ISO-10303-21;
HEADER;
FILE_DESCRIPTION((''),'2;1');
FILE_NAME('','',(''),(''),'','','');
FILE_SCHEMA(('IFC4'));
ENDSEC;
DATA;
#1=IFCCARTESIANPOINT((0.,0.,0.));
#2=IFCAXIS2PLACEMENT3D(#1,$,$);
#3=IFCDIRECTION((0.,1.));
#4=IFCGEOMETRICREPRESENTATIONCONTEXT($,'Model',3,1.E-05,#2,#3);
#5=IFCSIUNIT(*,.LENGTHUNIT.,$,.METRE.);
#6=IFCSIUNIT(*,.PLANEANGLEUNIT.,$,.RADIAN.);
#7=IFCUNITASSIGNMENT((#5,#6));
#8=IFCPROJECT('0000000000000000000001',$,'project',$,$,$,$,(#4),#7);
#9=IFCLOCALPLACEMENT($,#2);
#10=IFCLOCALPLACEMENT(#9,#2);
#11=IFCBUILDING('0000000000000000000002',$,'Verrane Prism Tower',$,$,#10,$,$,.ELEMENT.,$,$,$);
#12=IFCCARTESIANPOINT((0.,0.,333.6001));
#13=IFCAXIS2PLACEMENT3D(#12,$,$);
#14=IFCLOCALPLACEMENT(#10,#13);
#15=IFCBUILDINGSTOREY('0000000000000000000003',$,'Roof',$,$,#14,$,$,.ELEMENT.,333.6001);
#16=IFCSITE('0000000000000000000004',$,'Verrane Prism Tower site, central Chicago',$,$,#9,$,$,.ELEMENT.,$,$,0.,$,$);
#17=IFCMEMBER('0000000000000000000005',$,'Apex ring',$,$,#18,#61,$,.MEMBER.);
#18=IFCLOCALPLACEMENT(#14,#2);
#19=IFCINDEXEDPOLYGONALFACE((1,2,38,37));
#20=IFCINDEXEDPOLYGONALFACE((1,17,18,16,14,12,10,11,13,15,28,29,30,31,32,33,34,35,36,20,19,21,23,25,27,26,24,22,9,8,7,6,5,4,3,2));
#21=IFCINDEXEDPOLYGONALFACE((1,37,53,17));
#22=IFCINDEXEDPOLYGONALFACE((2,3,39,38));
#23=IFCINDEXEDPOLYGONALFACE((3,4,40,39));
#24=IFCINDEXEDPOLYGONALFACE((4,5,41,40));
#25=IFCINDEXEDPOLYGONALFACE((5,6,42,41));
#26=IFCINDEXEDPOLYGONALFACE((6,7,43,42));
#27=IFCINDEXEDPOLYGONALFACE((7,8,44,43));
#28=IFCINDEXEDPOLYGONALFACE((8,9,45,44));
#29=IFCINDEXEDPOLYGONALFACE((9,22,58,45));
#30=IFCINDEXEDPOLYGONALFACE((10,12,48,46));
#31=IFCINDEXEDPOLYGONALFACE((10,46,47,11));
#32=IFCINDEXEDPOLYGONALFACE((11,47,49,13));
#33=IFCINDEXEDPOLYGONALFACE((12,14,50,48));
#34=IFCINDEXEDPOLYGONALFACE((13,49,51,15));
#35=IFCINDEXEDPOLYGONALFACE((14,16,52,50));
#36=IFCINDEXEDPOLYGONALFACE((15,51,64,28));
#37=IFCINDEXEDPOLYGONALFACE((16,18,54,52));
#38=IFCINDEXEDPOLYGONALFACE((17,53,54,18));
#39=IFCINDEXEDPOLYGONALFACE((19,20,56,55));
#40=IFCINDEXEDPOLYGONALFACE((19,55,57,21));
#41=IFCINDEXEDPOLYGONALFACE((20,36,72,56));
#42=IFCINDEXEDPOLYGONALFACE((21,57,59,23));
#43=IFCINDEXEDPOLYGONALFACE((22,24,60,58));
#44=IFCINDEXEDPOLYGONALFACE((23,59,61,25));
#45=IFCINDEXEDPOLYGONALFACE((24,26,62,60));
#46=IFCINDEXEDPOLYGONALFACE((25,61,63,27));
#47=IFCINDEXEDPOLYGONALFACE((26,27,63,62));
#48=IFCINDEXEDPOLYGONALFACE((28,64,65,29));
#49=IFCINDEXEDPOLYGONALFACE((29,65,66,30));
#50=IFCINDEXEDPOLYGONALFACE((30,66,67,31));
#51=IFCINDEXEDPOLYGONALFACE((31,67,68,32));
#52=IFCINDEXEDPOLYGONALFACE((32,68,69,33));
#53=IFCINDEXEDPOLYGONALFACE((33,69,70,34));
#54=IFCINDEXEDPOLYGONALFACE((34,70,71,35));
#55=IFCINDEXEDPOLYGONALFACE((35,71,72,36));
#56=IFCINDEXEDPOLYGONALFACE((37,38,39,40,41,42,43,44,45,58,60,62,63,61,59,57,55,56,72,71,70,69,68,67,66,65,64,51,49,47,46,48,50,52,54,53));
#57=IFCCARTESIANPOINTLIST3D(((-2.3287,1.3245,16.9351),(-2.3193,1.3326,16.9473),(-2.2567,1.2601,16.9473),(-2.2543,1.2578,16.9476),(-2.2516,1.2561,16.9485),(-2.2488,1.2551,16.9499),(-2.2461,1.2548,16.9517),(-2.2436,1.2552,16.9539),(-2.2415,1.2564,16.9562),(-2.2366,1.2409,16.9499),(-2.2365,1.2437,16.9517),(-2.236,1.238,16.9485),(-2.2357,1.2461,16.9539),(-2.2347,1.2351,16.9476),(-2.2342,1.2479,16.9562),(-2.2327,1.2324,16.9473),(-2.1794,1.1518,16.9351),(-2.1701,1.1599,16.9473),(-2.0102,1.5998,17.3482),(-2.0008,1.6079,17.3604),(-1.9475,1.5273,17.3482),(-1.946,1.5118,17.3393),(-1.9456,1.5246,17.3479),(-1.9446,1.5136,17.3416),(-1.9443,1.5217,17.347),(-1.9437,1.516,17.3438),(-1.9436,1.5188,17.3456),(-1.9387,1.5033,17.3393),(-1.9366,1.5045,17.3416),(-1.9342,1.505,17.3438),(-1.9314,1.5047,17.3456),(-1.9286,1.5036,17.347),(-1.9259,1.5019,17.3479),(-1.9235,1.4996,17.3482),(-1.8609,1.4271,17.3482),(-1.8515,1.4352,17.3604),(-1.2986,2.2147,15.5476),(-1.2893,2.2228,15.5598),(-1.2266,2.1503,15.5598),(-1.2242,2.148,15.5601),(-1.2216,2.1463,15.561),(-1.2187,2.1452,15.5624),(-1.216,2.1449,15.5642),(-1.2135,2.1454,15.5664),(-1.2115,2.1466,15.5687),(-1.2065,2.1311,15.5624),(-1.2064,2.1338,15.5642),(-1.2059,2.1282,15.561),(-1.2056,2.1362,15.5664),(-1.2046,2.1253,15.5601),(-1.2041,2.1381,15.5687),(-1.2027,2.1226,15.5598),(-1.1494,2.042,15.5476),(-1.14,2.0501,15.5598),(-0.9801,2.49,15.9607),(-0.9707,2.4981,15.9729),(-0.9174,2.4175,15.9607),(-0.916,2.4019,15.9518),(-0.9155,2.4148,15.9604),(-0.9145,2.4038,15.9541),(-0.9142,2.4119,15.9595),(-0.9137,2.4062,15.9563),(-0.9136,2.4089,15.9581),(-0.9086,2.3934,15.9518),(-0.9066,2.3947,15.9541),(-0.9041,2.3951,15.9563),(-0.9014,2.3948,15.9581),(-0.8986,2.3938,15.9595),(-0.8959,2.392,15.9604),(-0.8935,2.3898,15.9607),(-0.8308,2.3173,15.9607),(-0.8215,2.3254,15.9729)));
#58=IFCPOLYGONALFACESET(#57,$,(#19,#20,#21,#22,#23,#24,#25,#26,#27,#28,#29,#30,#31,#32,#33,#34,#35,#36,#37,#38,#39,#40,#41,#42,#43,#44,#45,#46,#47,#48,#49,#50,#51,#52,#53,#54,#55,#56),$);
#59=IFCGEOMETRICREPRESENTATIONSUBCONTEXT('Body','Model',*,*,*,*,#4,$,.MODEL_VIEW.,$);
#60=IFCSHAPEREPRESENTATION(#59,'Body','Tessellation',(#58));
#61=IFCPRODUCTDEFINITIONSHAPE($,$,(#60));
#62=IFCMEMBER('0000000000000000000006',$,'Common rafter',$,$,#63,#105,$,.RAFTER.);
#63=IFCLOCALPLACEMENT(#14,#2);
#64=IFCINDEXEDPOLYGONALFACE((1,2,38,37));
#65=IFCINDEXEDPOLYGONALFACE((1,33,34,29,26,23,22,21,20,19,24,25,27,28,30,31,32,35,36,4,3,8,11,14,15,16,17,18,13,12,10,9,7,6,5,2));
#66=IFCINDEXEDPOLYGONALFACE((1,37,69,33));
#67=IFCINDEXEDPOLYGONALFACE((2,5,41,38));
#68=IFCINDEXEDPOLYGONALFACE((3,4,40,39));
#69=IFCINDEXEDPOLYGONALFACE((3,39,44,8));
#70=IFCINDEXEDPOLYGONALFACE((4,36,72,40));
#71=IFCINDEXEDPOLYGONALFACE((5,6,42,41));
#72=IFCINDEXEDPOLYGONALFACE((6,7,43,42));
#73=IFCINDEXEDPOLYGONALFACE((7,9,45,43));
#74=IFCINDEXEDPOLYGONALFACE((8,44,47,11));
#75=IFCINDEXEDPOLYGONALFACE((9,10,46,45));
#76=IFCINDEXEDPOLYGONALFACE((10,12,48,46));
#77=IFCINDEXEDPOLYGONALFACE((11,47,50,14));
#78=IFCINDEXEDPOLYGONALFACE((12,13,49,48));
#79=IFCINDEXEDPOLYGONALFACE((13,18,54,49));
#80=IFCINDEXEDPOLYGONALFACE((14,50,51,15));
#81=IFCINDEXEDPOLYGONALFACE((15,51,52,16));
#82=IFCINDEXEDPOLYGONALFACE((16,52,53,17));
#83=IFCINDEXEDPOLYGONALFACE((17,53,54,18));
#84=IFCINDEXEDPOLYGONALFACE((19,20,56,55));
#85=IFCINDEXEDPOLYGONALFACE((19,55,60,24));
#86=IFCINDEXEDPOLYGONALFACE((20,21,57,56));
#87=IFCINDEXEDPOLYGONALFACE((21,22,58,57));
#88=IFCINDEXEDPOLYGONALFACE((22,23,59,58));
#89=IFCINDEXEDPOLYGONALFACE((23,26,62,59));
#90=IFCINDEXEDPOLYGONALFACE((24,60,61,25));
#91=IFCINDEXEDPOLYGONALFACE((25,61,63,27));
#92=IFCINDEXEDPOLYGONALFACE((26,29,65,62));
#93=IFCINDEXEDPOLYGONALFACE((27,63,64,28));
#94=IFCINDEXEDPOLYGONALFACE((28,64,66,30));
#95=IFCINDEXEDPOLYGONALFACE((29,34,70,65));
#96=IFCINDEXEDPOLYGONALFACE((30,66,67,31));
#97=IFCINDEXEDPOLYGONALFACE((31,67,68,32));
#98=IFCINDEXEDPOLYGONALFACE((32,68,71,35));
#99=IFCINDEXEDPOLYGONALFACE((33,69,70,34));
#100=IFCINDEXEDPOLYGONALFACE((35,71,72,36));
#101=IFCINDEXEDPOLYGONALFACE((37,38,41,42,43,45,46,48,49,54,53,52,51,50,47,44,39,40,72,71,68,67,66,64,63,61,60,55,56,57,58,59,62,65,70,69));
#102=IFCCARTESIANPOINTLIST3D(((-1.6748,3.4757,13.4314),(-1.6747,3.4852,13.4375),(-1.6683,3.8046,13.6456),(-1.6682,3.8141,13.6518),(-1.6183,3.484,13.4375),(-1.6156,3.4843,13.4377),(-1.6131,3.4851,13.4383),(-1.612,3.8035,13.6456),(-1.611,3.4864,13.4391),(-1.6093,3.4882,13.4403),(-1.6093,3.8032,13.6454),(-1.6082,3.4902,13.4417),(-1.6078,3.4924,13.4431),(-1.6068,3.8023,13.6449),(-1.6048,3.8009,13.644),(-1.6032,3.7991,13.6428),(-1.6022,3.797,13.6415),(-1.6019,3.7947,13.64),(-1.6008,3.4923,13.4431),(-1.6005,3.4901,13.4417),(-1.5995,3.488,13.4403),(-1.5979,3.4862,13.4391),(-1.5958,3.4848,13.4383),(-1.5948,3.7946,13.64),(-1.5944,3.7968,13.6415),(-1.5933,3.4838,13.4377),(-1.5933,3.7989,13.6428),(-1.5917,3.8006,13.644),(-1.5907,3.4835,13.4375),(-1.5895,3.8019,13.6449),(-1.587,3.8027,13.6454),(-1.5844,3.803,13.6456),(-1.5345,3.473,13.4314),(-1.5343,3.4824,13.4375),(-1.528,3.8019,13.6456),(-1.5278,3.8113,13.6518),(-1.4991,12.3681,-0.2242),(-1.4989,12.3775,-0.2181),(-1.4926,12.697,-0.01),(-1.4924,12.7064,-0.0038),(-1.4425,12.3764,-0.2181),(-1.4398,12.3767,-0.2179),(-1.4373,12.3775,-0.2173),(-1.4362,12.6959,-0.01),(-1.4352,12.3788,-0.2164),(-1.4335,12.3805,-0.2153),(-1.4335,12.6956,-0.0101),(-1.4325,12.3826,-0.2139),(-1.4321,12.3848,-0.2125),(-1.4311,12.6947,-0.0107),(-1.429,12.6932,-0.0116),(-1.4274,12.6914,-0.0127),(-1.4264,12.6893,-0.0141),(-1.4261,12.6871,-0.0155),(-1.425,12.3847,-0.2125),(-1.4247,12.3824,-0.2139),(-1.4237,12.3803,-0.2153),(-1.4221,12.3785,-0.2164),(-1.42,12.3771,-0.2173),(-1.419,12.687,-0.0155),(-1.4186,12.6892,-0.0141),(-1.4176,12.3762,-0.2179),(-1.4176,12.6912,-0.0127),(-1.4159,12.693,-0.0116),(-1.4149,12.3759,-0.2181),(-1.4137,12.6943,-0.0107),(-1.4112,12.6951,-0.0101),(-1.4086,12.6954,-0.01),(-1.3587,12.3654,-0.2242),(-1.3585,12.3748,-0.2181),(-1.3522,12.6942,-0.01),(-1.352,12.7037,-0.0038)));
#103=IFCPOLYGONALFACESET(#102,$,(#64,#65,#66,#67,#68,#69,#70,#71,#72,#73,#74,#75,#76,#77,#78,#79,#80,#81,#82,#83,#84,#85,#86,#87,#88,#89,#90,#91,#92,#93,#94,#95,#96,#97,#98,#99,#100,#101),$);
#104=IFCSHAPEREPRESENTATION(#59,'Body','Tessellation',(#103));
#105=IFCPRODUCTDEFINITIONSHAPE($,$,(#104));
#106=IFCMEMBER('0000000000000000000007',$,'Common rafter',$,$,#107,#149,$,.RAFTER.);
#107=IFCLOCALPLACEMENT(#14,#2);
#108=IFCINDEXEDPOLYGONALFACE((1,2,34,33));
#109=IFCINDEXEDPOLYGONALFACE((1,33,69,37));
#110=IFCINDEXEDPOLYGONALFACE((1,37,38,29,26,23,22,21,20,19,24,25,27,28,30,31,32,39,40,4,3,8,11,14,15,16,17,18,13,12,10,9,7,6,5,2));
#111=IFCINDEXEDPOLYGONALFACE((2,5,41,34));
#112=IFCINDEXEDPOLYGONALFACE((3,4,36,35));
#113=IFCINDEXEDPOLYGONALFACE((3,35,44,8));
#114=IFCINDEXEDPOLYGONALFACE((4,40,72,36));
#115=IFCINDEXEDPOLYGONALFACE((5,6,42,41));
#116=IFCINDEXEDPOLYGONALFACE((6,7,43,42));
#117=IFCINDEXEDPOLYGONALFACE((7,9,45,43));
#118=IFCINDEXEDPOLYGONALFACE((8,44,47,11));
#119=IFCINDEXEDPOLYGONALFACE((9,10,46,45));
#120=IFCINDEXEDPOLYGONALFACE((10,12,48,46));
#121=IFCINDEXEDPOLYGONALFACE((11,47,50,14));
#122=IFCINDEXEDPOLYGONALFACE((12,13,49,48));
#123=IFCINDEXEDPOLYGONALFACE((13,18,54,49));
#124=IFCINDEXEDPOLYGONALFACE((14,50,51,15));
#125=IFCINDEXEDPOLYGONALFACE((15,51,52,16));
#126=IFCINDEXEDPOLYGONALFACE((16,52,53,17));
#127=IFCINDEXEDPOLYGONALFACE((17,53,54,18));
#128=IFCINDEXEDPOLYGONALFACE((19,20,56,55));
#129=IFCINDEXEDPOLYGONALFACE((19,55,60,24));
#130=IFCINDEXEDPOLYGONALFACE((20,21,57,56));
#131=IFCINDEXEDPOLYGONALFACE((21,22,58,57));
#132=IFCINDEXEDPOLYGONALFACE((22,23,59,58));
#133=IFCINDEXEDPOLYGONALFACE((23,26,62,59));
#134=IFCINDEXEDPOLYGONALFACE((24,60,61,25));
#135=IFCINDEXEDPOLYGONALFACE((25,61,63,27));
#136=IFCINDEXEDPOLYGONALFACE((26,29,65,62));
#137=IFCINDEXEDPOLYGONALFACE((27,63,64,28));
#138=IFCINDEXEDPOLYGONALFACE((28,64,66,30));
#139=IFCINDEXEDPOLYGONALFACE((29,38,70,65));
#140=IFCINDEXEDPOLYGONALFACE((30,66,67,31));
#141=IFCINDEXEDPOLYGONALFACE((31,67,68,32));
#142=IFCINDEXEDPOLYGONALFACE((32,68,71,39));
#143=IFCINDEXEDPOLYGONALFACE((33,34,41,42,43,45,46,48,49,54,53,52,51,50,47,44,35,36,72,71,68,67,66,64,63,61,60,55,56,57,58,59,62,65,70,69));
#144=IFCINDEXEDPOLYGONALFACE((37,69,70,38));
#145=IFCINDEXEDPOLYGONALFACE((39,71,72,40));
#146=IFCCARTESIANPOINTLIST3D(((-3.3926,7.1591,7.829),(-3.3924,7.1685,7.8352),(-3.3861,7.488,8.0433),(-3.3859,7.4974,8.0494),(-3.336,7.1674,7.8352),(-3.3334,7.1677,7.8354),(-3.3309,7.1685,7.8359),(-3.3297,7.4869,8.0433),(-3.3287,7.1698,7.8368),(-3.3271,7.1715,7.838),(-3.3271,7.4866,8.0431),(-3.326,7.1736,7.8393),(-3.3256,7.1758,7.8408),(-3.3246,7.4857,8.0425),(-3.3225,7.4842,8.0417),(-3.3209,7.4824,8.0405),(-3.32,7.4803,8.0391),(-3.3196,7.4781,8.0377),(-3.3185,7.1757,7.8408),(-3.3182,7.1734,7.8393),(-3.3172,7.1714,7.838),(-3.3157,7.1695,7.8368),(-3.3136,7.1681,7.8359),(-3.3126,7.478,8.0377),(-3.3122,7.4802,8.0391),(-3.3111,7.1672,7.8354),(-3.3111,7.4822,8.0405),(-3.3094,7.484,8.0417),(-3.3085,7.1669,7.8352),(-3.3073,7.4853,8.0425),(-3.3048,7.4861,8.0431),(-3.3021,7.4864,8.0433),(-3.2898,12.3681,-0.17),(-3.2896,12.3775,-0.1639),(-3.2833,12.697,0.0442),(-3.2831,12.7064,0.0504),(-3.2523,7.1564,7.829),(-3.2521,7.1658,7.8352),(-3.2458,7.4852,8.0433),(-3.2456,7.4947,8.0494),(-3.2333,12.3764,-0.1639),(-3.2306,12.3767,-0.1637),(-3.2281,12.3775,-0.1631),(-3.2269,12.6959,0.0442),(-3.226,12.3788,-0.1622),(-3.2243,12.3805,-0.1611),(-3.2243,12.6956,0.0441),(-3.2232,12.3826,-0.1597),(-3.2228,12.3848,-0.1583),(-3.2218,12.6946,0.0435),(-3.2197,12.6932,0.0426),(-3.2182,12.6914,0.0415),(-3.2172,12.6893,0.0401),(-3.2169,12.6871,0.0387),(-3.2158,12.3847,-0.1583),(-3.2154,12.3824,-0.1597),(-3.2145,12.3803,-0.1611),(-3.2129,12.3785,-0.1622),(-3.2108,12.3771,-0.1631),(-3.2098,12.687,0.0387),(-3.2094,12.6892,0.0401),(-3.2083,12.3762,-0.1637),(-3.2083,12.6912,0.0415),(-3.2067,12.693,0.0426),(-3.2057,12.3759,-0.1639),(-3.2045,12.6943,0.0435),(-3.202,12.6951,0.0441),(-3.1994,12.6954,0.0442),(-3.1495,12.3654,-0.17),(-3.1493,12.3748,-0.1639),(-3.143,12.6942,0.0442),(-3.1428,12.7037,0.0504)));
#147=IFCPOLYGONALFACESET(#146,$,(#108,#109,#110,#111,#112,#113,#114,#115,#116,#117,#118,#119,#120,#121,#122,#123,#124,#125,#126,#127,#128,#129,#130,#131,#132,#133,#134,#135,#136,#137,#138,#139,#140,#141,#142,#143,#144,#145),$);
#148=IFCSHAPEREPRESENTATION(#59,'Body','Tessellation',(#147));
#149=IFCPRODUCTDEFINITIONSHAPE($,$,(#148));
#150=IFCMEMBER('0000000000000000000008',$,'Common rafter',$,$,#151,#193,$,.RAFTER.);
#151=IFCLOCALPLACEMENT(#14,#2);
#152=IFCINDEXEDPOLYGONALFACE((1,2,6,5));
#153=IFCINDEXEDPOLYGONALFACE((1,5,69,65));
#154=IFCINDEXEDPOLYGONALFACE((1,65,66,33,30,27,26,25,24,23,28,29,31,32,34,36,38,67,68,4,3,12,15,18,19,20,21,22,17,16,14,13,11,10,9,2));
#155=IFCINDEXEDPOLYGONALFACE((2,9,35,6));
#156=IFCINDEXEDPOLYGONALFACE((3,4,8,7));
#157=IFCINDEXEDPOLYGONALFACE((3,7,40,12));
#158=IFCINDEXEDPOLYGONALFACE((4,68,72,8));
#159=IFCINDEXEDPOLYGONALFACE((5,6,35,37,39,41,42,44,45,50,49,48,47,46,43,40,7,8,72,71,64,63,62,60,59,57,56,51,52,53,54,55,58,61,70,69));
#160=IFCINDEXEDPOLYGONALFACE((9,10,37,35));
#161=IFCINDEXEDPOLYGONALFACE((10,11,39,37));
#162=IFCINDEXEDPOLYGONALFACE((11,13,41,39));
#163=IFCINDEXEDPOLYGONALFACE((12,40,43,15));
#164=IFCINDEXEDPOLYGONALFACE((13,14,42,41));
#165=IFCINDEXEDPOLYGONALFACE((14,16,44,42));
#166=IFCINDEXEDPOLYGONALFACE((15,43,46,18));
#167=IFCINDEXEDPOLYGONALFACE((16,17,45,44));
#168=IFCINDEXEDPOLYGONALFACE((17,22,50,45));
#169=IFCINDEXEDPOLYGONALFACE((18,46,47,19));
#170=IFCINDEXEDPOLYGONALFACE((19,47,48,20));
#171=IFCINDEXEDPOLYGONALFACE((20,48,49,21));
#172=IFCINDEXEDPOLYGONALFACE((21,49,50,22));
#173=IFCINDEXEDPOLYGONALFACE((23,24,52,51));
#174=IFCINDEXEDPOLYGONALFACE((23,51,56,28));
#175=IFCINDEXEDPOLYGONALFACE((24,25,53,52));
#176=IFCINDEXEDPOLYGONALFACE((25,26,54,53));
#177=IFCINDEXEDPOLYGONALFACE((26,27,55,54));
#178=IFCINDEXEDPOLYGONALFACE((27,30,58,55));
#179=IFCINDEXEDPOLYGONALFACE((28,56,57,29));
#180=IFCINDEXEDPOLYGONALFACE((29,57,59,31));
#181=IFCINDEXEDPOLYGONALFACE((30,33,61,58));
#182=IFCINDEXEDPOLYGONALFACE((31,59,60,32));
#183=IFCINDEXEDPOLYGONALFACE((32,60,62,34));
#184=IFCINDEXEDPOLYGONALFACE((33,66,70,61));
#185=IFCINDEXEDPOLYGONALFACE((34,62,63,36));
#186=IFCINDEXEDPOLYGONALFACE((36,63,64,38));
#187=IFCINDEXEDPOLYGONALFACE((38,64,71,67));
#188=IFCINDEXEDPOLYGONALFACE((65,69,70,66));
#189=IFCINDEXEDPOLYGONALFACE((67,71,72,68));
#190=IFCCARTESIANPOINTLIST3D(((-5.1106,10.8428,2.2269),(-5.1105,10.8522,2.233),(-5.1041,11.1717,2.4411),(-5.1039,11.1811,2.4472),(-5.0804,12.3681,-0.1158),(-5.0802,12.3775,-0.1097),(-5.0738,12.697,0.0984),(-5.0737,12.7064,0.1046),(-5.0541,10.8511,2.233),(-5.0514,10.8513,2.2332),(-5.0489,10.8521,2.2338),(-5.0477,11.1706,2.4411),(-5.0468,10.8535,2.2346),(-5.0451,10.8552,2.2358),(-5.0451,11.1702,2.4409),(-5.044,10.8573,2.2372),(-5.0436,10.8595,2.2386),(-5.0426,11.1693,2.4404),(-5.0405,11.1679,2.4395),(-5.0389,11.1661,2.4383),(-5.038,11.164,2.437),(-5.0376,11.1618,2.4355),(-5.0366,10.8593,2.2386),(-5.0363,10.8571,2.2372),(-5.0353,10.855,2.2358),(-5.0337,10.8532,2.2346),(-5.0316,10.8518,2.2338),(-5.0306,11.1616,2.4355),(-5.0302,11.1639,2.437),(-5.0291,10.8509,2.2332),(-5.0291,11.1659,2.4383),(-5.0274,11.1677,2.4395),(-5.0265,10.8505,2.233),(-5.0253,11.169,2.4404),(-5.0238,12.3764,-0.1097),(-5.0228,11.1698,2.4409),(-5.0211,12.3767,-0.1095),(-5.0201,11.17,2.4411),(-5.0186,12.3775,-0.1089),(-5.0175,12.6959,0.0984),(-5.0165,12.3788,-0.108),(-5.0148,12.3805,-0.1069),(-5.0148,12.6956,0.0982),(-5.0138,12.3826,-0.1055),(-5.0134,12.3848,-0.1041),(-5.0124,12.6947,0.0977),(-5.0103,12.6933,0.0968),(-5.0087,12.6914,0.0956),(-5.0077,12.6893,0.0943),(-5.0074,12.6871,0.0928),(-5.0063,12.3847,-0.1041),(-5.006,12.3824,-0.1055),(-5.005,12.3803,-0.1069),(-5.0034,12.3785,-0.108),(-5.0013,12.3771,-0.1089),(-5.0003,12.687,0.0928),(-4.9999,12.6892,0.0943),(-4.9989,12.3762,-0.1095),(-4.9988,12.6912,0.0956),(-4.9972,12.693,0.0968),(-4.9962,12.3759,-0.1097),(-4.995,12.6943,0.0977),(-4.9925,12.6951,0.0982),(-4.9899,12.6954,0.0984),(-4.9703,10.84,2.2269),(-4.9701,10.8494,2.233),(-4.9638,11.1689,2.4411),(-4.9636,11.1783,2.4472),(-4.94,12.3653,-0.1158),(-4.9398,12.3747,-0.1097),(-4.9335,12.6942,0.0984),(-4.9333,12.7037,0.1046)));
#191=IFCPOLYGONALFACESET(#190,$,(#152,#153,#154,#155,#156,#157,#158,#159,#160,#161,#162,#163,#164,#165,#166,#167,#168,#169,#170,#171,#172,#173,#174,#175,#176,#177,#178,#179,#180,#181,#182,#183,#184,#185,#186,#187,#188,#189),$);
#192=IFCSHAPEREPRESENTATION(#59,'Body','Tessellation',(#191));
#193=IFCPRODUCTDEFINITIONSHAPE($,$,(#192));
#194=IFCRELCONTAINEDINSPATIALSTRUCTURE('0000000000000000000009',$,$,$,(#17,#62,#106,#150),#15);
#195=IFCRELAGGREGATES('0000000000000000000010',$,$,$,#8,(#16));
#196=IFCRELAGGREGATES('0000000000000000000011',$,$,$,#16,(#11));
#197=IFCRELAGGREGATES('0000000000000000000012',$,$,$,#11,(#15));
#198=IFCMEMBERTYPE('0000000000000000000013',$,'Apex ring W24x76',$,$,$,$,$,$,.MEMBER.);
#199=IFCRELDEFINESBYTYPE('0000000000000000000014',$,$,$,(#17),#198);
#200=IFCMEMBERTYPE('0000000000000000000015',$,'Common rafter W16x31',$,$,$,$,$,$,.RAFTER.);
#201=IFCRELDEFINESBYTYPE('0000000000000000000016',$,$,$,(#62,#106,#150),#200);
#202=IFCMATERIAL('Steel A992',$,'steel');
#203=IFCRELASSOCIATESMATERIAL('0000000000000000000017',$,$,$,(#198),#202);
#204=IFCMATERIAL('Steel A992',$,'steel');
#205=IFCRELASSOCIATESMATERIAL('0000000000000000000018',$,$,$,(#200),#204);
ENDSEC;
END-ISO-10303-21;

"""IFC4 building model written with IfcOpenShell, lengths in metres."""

from ifc_helpers import new_model, si_unit, direction, frame, origin, origin_2d, place, context, subcontext, project, spatial, i_section, extrude, material, material_profile, profile_set, type_object, element, save


model = new_model("IFC4")

# Units and contexts
model_context = context("Model", 3, precision=1e-05, world=origin(), true_north=direction((0.0, 1.0)))
body_context = subcontext(model_context, "Body", "Model", "MODEL_VIEW")
ifc_project = project(units=[si_unit("LENGTHUNIT", "METRE"), si_unit("PLANEANGLEUNIT", "RADIAN")], contexts=[model_context])

# Site, building, storey
site_placement = place(None, origin())
site = spatial("IfcSite", under=ifc_project, at=site_placement, Name="Verrane Prism Tower site, central Chicago", CompositionType="ELEMENT", RefElevation=0.0)
building_placement = place(site_placement, origin())
building = spatial("IfcBuilding", under=site, at=building_placement, Name="Verrane Prism Tower", CompositionType="ELEMENT")
storey_placement = place(building_placement, frame((0.0, 0.0, 333.6001)))
storey = spatial("IfcBuildingStorey", under=building, at=storey_placement, Name="Roof", CompositionType="ELEMENT", Elevation=333.6001)

# Members
ifc_material_1 = material(Name="Steel A992", Category="steel")
ifc_material_profile_1 = material_profile(ifc_material_1, i_section(OverallWidth=0.2283, OverallDepth=0.6072, WebThickness=0.0112, FlangeThickness=0.0173, FilletRadius=0.0127, at=origin_2d()), Name="W24x76")
ifc_profile_set_1 = profile_set([ifc_material_profile_1], Name="Steel A992")
member_type_1 = type_object("IfcMemberType", Name="Apex ring W24x76", PredefinedType="MEMBER", material=ifc_profile_set_1)
member_1_placement = place(storey_placement, frame((-1.0601, 2.27, 15.7603), z_axis=(-0.529907, -0.457938, 0.713786), x_axis=(0.653858, -0.756617, 0.0)))
element("IfcMember", 1, at=member_1_placement, inside=storey, type_object=member_type_1, Name="Apex ring", PredefinedType="MEMBER", context=body_context, shape_type="SweptSolid", body=[
    extrude(i_section(OverallWidth=0.2283, OverallDepth=0.6072, WebThickness=0.0112, FlangeThickness=0.0173, FilletRadius=0.0127, at=origin_2d()), origin(), (0.0, 0.0, 1.0), 1.9438),
])
ifc_material_2 = material(Name="Steel A992", Category="steel")
ifc_material_profile_2 = material_profile(ifc_material_2, i_section(OverallWidth=0.1404, OverallDepth=0.4038, WebThickness=0.0071, FlangeThickness=0.0112, FilletRadius=0.0103, at=origin_2d()), Name="W16x31")
ifc_profile_set_2 = profile_set([ifc_material_profile_2], Name="Steel A992")
member_type_2 = type_object("IfcMemberType", Name="Common rafter W16x31", PredefinedType="RAFTER", material=ifc_profile_set_2)
member_2_placement = place(storey_placement, frame((-1.4255, 12.5359, -0.114), z_axis=(-0.010786, -0.545657, 0.837939), x_axis=(0.999805, -0.019764, 0.0)))
element("IfcMember", 2, at=member_2_placement, inside=storey, type_object=member_type_2, Name="Common rafter", PredefinedType="RAFTER", context=body_context, shape_type="SweptSolid", body=[
    extrude(i_section(OverallWidth=0.1404, OverallDepth=0.4038, WebThickness=0.0071, FlangeThickness=0.0112, FilletRadius=0.0103, at=origin_2d()), origin(), (0.0, 0.0, 1.0), 16.2966),
])
member_3_placement = place(storey_placement, frame((-3.2163, 12.5359, -0.0598), z_axis=(-0.010767, -0.545665, 0.837934), x_axis=(0.999805, -0.019728, 0.0)))
element("IfcMember", 3, at=member_3_placement, inside=storey, type_object=member_type_2, Name="Common rafter", PredefinedType="RAFTER", context=body_context, shape_type="SweptSolid", body=[
    extrude(i_section(OverallWidth=0.1404, OverallDepth=0.4038, WebThickness=0.0071, FlangeThickness=0.0112, FilletRadius=0.0103, at=origin_2d()), origin(), (0.0, 0.0, 1.0), 9.5461),
])
member_4_placement = place(storey_placement, frame((-5.0068, 12.5359, -0.0056), z_axis=(-0.010828, -0.545607, 0.837971), x_axis=(0.999803, -0.019842, 0.0)))
element("IfcMember", 4, at=member_4_placement, inside=storey, type_object=member_type_2, Name="Common rafter", PredefinedType="RAFTER", context=body_context, shape_type="SweptSolid", body=[
    extrude(i_section(OverallWidth=0.1404, OverallDepth=0.4038, WebThickness=0.0071, FlangeThickness=0.0112, FilletRadius=0.0103, at=origin_2d()), origin(), (0.0, 0.0, 1.0), 2.7957),
])

save(model, "model.ifc")
